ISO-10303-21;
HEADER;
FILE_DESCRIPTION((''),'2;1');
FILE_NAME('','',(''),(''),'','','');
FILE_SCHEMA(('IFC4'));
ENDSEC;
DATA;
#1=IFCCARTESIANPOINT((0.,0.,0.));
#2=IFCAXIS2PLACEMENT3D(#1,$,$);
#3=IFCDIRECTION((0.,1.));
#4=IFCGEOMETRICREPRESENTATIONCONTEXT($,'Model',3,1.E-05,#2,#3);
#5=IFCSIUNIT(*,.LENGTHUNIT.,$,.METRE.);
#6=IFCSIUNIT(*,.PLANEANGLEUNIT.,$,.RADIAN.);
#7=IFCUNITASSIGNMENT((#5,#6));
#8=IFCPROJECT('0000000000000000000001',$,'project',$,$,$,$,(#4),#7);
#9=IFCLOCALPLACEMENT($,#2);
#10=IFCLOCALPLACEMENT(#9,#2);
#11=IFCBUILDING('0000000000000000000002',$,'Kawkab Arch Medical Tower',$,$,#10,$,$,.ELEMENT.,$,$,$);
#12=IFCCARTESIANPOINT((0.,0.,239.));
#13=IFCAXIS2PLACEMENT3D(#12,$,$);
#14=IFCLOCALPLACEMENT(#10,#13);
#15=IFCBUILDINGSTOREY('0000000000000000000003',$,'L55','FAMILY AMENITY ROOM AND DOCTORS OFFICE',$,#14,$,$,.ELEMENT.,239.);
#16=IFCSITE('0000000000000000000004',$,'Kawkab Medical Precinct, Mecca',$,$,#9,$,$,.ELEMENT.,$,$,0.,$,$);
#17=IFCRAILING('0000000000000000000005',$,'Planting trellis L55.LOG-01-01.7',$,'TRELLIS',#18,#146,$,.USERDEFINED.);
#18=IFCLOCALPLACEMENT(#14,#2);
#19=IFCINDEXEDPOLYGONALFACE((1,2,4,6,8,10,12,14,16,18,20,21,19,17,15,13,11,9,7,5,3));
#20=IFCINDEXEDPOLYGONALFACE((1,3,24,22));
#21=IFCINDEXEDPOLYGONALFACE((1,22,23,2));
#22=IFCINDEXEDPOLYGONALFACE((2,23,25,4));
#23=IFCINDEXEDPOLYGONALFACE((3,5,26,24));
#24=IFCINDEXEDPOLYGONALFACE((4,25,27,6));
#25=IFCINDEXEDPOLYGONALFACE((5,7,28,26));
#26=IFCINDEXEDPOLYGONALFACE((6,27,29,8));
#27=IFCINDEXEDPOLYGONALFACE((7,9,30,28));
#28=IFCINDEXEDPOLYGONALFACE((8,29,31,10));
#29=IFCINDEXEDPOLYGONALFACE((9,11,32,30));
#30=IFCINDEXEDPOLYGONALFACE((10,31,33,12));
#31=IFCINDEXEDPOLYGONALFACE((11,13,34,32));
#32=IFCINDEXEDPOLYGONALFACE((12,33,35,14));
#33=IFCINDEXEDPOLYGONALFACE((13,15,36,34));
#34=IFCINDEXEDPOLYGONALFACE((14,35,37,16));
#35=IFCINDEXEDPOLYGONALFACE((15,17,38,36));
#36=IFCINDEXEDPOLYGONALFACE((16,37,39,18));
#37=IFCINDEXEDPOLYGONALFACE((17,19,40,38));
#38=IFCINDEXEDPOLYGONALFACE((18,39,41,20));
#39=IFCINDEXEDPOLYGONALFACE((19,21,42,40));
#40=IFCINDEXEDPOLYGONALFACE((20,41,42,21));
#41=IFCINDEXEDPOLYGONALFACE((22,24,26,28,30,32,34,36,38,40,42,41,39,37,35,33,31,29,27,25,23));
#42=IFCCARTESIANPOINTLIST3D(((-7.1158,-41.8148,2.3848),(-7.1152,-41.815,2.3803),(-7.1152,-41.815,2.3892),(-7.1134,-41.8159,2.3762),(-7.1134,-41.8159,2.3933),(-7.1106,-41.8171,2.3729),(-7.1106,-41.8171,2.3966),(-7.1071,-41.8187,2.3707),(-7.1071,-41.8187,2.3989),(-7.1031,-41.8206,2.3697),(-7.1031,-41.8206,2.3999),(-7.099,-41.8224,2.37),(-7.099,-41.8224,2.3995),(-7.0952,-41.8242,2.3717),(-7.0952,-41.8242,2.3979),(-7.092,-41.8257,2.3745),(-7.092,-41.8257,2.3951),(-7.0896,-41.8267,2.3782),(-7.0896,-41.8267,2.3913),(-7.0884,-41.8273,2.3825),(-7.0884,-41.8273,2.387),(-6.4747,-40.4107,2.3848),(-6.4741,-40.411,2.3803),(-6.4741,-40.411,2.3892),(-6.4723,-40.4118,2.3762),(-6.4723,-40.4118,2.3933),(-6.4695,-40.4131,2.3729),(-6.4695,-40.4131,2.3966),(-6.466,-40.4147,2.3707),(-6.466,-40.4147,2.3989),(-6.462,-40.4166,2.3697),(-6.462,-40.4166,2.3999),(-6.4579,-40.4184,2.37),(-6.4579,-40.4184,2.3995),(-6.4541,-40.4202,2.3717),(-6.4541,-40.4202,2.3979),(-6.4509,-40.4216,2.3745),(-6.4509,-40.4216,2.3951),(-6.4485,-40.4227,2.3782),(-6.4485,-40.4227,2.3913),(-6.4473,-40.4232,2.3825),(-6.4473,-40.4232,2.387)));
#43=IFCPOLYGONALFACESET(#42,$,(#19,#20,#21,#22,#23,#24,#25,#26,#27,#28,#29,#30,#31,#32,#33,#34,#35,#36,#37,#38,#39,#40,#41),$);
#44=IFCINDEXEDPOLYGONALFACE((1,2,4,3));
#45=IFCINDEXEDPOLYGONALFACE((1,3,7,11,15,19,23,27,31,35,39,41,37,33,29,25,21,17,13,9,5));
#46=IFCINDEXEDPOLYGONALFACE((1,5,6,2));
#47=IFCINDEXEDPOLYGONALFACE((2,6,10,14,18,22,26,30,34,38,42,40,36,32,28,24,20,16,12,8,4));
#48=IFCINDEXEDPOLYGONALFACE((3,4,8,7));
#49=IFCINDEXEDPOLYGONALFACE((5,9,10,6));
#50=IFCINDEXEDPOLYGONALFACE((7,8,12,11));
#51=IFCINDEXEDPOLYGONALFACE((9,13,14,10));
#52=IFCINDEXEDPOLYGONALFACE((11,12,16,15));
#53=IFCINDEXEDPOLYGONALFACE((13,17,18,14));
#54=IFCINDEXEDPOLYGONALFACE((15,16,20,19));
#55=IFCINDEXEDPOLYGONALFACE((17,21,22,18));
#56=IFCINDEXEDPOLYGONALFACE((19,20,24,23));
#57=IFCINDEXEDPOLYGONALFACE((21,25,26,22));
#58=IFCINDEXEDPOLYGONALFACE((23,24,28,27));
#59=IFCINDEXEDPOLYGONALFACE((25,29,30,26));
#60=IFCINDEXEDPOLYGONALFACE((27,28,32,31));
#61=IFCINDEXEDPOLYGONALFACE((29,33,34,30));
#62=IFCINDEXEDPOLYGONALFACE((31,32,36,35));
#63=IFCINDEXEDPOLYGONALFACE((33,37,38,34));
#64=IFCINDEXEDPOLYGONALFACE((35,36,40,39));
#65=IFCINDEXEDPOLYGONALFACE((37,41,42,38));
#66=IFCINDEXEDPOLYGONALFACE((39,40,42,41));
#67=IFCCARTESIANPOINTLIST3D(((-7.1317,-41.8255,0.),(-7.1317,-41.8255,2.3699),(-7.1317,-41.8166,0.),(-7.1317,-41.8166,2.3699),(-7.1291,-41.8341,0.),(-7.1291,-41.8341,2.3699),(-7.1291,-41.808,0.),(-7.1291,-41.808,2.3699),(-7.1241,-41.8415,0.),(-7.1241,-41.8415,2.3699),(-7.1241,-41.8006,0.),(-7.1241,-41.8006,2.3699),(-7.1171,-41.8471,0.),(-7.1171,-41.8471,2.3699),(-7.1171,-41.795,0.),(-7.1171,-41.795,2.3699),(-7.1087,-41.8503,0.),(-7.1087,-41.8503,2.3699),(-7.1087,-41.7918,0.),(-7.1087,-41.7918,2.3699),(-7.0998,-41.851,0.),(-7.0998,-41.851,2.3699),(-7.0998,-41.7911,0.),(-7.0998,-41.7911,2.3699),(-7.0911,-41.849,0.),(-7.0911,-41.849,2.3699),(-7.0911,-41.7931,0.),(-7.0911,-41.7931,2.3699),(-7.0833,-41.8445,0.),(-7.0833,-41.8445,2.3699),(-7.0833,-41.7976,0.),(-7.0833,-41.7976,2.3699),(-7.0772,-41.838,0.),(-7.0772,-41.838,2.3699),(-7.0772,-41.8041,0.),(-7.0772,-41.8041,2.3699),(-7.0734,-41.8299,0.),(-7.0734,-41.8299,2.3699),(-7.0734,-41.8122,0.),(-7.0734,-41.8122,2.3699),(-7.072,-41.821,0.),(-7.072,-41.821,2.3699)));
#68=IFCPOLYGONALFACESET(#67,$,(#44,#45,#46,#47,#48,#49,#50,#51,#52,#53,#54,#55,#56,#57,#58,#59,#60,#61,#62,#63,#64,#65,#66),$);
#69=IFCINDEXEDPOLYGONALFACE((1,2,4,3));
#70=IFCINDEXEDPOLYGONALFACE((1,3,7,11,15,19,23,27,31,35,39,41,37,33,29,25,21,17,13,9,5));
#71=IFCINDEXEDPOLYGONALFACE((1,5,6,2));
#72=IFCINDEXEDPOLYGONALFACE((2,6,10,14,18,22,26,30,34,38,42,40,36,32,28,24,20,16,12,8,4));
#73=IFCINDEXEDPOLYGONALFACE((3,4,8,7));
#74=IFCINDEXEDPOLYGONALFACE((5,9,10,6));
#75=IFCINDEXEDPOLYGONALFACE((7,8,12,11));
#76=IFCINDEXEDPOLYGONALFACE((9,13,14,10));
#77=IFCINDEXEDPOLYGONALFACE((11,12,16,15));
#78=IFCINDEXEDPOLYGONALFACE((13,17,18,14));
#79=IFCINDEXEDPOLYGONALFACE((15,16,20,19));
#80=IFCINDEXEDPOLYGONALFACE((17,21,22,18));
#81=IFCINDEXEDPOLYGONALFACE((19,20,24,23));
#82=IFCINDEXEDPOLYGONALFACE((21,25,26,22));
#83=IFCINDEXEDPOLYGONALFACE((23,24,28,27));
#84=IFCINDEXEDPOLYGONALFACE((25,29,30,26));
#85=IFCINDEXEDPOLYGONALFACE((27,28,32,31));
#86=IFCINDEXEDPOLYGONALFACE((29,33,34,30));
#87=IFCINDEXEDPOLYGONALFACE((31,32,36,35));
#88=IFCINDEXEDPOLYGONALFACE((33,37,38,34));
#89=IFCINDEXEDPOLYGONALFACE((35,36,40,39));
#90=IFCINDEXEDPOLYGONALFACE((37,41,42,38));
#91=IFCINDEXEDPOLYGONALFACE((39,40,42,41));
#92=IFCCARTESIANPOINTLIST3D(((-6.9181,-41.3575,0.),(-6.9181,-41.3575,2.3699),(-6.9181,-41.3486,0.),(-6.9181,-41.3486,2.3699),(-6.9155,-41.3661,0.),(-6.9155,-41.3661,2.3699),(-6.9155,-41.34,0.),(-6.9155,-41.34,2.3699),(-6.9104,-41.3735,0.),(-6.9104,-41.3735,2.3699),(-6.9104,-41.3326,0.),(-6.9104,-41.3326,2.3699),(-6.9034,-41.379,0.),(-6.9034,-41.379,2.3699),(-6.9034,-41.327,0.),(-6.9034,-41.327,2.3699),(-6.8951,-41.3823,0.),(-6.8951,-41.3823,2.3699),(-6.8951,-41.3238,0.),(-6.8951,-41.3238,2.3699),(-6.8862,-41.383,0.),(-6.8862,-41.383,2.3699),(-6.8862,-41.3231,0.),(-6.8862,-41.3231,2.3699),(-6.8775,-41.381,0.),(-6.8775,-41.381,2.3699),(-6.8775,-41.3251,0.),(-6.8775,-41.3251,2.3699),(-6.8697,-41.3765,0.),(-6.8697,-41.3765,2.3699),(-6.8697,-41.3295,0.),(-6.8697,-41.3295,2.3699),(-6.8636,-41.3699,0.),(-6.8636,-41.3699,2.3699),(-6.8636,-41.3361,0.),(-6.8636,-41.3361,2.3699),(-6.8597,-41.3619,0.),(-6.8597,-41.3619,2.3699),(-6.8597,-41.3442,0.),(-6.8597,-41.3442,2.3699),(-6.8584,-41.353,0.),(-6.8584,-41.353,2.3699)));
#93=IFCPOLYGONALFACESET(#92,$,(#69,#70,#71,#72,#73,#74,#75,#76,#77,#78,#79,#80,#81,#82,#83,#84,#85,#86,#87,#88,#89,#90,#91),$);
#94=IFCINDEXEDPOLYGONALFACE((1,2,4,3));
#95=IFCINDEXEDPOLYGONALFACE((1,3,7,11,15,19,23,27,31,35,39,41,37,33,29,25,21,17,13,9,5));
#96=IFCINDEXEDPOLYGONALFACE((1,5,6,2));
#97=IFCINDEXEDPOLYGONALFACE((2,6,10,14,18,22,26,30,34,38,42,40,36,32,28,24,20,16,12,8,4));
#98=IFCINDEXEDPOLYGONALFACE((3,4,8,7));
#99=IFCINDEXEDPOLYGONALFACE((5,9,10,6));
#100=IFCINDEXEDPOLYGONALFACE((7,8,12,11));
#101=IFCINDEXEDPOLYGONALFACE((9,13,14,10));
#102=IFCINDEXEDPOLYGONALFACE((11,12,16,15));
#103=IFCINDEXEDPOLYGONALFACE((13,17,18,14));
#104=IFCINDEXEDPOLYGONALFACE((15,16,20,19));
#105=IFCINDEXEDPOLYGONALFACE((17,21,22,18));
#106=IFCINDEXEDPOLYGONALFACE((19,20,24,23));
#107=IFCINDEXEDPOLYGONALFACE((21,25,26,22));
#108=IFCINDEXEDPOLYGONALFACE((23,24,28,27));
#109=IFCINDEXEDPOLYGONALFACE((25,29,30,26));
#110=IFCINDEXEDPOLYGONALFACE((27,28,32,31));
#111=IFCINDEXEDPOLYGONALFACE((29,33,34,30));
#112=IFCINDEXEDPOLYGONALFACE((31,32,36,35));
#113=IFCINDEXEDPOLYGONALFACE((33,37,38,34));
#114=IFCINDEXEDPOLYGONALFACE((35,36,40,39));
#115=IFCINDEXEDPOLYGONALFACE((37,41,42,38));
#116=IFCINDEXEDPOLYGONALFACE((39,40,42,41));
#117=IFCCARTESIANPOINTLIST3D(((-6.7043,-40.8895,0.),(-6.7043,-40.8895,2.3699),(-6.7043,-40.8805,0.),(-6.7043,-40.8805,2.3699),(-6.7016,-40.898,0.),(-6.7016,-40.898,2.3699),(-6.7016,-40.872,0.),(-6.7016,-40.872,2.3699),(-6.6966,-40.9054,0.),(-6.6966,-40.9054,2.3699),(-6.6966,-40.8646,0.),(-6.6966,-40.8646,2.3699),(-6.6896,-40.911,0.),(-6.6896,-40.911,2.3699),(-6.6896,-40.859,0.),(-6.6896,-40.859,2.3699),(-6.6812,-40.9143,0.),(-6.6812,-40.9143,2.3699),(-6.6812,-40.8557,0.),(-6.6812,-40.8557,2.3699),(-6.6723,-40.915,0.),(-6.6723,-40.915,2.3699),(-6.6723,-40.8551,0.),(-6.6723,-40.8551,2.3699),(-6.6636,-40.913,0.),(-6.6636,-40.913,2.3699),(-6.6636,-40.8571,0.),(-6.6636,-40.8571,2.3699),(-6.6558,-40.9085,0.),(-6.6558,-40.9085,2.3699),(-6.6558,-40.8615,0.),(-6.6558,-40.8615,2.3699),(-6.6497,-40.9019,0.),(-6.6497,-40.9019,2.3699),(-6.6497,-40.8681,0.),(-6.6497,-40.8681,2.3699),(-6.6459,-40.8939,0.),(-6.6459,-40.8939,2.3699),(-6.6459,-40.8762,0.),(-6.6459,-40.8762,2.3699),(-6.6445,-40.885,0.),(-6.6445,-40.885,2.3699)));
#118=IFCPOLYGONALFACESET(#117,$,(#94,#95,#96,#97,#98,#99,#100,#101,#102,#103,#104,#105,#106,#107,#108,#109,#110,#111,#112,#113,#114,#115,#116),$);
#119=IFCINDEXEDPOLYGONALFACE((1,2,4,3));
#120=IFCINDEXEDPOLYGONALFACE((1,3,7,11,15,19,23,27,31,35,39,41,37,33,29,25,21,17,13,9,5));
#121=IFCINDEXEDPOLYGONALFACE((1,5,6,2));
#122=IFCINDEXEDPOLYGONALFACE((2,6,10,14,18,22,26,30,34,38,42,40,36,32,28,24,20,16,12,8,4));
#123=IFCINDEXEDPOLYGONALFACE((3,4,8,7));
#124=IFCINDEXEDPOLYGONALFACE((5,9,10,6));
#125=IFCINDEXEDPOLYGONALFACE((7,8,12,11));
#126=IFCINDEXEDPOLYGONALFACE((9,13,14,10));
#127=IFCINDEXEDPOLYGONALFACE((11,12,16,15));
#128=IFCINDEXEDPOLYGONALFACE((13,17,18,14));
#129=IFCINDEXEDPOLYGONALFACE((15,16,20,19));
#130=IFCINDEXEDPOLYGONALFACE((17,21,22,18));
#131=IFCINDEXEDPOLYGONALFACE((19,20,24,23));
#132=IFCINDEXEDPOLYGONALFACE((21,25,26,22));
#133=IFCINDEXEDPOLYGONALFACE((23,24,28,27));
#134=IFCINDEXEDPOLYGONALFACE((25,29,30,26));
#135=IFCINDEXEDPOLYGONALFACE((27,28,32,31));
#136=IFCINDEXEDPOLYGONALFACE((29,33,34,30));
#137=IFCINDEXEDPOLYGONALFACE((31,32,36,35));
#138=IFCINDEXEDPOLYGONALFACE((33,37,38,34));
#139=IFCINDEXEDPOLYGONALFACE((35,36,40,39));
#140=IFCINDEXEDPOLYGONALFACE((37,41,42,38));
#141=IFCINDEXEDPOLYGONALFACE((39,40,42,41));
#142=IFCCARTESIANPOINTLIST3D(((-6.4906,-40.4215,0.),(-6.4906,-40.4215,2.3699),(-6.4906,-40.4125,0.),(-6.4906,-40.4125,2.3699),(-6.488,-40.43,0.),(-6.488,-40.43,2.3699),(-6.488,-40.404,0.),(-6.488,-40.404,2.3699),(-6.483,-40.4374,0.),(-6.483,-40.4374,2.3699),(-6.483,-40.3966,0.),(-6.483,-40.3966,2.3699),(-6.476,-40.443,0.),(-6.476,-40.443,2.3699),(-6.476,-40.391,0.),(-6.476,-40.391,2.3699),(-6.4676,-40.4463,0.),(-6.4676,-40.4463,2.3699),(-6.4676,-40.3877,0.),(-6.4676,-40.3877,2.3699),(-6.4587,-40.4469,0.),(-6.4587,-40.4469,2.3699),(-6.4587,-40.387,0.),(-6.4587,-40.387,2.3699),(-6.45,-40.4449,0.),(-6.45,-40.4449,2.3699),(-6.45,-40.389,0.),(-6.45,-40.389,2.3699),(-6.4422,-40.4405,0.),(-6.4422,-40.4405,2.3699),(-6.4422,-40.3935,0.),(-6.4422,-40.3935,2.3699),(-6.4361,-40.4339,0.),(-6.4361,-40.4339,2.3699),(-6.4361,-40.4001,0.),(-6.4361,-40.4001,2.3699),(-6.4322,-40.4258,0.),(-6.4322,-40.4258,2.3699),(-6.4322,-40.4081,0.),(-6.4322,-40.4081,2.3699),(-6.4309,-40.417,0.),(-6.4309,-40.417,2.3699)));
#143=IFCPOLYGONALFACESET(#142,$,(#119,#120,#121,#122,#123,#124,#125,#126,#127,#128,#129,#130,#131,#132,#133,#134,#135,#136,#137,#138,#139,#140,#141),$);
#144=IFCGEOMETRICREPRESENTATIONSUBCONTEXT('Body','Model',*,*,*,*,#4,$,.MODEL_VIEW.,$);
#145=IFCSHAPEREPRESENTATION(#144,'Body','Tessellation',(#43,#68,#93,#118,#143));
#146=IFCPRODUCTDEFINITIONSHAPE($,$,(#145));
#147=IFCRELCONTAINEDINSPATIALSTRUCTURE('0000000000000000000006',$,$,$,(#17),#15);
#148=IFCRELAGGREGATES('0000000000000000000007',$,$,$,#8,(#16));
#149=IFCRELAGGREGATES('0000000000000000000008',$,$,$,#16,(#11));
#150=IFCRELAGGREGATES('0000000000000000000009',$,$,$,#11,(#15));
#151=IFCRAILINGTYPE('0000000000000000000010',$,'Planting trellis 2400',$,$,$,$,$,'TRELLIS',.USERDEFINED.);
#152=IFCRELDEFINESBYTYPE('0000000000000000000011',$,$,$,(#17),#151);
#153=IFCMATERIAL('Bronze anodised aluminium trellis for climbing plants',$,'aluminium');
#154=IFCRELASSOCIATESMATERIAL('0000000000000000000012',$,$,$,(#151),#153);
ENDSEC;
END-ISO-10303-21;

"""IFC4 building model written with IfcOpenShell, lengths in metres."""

from ifc_helpers import new_model, si_unit, direction, frame, origin, origin_2d, place, context, subcontext, project, spatial, circle, extrude, material, type_object, element, save


model = new_model("IFC4")

# Units and contexts
model_context = context("Model", 3, precision=1e-05, world=origin(), true_north=direction((0.0, 1.0)))
body_context = subcontext(model_context, "Body", "Model", "MODEL_VIEW")
ifc_project = project(units=[si_unit("LENGTHUNIT", "METRE"), si_unit("PLANEANGLEUNIT", "RADIAN")], contexts=[model_context])

# Site, building, storey
site_placement = place(None, origin())
site = spatial("IfcSite", under=ifc_project, at=site_placement, Name="Kawkab Medical Precinct, Mecca", CompositionType="ELEMENT", RefElevation=0.0)
building_placement = place(site_placement, origin())
building = spatial("IfcBuilding", under=site, at=building_placement, Name="Kawkab Arch Medical Tower", CompositionType="ELEMENT")
storey_placement = place(building_placement, frame((0.0, 0.0, 239.0)))
storey = spatial("IfcBuildingStorey", under=building, at=storey_placement, Name="L55", Description="FAMILY AMENITY ROOM AND DOCTORS OFFICE", CompositionType="ELEMENT", Elevation=239.0)

# Railing
ifc_material_1 = material(Name="Bronze anodised aluminium trellis for climbing plants", Category="aluminium")
railing_type_1 = type_object("IfcRailingType", Name="Planting trellis 2400", ElementType="TRELLIS", PredefinedType="USERDEFINED", material=ifc_material_1)
railing_1_placement = place(storey_placement, frame((-7.1021, -41.821, 0.0)))
element("IfcRailing", 1, at=railing_1_placement, inside=storey, type_object=railing_type_1, Name="Planting trellis L55.LOG-01-01.7", ObjectType="TRELLIS", PredefinedType="USERDEFINED", context=body_context, shape_type="SweptSolid", body=[
    extrude(circle(Radius=0.0151, at=origin_2d()), frame((0.0, 0.0, 2.3848), z_axis=(0.415363, 0.909656, 0.0), x_axis=(-0.909656, 0.415363, 0.0)), (0.0, 0.0, 1.0), 1.5435),
    extrude(circle(Radius=0.03, at=origin_2d()), origin(), (0.0, 0.0, 1.0), 2.3699),
    extrude(circle(Radius=0.03, at=origin_2d()), frame((0.2136, 0.468, 0.0)), (0.0, 0.0, 1.0), 2.3699),
    extrude(circle(Radius=0.03, at=origin_2d()), frame((0.4275, 0.936, 0.0)), (0.0, 0.0, 1.0), 2.3699),
    extrude(circle(Radius=0.03, at=origin_2d()), frame((0.6411, 1.4041, 0.0)), (0.0, 0.0, 1.0), 2.3699),
])

save(model, "model.ifc")
